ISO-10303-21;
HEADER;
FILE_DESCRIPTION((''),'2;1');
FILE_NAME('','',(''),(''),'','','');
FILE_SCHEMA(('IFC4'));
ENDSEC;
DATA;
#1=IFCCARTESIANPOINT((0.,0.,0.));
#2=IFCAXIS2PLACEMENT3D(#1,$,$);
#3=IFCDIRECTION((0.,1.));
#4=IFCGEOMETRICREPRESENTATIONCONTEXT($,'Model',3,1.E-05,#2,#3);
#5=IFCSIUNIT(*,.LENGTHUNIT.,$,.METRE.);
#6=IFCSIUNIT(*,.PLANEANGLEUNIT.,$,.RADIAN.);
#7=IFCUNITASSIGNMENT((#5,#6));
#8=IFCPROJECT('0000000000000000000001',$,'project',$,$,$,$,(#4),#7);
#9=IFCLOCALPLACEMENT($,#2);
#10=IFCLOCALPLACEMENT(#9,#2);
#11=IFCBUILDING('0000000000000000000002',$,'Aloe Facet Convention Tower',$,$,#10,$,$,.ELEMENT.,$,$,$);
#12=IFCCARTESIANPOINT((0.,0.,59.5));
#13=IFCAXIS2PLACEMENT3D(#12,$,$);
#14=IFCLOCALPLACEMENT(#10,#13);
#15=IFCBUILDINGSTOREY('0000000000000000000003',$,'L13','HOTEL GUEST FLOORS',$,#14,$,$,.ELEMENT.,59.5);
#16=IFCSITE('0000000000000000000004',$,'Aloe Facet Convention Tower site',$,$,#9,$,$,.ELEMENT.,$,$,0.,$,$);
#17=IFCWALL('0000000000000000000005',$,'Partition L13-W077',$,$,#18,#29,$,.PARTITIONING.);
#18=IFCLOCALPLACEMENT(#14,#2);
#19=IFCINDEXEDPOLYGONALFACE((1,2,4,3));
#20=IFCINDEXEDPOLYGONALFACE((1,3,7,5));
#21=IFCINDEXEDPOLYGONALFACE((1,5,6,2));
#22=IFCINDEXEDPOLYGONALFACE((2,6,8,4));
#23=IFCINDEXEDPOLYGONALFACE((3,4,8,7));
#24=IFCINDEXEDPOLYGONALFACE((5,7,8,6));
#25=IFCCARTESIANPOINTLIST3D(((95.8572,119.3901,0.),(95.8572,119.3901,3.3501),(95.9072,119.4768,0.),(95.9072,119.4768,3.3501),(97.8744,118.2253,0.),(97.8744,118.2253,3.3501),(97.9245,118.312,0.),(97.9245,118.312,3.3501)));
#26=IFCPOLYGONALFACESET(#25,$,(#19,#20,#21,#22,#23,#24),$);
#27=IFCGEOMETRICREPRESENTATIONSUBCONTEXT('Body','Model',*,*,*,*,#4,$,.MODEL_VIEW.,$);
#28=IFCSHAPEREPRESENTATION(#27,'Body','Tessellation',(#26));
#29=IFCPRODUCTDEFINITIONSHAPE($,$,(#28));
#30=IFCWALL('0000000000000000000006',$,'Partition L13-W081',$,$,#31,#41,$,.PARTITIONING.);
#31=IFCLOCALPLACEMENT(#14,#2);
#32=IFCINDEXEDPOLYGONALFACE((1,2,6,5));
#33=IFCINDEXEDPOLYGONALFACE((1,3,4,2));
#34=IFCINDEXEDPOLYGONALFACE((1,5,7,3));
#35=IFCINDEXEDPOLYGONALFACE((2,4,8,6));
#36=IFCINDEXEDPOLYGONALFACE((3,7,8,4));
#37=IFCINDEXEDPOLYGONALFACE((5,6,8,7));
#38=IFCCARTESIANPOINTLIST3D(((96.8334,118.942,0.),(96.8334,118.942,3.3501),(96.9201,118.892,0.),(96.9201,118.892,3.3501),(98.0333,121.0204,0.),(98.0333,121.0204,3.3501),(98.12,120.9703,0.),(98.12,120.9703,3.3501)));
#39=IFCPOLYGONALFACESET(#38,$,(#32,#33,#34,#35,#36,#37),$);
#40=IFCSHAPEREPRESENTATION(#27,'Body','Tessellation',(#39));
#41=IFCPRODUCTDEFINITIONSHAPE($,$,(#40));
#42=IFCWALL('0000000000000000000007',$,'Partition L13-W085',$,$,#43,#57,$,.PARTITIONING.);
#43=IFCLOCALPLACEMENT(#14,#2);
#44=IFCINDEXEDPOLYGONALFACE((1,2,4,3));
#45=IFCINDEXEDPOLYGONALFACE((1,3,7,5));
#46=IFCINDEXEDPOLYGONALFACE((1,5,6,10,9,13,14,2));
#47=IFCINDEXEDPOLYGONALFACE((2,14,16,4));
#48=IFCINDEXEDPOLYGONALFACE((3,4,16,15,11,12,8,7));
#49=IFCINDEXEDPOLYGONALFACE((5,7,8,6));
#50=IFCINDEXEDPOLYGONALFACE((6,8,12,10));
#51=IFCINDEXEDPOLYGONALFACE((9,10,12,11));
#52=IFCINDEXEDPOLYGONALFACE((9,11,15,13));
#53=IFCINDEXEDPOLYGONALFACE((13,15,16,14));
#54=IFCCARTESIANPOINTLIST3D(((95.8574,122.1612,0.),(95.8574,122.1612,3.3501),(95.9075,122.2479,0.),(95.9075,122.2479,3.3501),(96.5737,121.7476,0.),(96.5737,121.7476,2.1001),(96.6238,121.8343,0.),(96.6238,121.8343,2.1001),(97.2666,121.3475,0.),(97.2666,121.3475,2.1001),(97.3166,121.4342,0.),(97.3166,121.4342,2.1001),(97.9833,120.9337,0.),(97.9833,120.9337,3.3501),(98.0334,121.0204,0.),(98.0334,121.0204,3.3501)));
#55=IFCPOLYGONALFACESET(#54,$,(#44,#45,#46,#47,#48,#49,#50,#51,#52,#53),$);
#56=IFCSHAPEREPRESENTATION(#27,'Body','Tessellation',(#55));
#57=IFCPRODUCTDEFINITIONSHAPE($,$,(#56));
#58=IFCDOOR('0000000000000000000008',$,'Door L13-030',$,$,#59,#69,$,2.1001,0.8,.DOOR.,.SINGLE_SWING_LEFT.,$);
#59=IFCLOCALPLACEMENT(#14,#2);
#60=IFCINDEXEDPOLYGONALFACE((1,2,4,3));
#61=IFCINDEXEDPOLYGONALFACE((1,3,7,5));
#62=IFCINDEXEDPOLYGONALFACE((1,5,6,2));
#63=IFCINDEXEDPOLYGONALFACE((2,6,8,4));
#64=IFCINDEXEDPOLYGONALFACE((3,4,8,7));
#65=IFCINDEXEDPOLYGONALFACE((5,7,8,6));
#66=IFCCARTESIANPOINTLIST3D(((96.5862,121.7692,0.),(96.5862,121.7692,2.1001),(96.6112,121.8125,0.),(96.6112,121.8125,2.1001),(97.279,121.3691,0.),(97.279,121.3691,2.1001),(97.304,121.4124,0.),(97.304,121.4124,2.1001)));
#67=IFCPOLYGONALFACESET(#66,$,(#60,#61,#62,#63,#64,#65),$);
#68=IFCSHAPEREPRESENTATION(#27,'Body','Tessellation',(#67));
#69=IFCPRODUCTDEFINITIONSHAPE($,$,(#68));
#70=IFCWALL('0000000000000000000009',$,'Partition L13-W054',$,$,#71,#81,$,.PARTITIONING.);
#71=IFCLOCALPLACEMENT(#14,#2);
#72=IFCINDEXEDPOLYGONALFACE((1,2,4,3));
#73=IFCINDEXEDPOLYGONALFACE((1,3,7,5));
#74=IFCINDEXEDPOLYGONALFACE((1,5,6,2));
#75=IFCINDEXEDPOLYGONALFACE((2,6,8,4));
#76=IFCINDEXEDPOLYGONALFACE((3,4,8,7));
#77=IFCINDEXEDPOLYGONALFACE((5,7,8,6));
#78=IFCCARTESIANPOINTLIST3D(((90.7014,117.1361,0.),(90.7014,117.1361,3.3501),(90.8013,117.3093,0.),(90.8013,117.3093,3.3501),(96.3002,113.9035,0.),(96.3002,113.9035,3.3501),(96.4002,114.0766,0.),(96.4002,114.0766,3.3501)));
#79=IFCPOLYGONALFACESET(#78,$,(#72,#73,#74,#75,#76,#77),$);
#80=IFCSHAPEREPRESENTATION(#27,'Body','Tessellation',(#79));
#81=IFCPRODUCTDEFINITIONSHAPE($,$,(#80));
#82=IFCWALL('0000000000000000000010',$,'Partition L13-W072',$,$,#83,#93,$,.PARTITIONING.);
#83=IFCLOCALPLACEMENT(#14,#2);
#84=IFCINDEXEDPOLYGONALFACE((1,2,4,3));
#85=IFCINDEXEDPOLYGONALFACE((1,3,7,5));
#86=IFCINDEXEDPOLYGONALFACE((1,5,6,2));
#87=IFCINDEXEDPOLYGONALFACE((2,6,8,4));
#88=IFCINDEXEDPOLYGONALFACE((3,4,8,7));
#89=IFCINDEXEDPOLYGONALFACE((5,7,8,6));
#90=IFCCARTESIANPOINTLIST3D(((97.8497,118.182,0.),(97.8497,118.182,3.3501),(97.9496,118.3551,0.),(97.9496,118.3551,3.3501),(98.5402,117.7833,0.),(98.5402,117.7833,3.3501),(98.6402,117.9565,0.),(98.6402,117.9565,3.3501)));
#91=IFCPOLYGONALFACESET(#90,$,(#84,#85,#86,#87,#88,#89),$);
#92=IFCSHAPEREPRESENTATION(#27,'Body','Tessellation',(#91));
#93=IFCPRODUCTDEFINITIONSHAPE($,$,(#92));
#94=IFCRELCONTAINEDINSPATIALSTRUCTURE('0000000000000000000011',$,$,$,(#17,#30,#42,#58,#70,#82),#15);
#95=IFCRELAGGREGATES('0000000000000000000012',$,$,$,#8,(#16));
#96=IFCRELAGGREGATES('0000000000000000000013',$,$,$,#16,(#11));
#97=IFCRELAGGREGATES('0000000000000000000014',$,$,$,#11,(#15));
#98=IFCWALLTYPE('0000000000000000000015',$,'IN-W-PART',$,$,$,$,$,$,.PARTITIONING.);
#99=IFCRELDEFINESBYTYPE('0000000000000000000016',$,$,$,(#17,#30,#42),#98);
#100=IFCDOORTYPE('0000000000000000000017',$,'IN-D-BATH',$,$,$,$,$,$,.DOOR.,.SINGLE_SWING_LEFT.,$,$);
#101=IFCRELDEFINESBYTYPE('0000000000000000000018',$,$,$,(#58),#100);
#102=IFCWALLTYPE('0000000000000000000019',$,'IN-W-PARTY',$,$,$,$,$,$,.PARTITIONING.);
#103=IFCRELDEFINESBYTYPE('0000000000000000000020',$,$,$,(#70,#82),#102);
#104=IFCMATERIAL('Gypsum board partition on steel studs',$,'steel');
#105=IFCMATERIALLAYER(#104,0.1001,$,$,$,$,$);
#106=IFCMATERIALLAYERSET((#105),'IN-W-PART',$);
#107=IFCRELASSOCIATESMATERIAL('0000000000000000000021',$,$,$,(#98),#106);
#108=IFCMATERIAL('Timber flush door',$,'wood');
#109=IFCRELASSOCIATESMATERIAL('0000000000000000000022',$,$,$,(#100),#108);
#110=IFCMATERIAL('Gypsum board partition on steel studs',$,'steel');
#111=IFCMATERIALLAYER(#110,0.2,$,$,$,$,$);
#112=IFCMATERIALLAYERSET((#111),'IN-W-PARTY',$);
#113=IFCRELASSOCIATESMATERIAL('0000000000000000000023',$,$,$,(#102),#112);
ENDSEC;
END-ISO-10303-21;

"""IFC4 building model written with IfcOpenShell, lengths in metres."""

from ifc_helpers import new_model, si_unit, direction, frame, frame_2d, origin, place, context, subcontext, project, spatial, rectangle, extrude, material, layer, layer_set, type_object, element, fill, save


model = new_model("IFC4")

# Units and contexts
model_context = context("Model", 3, precision=1e-05, world=origin(), true_north=direction((0.0, 1.0)))
body_context = subcontext(model_context, "Body", "Model", "MODEL_VIEW")
ifc_project = project(units=[si_unit("LENGTHUNIT", "METRE"), si_unit("PLANEANGLEUNIT", "RADIAN")], contexts=[model_context])

# Site, building, storey
site_placement = place(None, origin())
site = spatial("IfcSite", under=ifc_project, at=site_placement, Name="Aloe Facet Convention Tower site", CompositionType="ELEMENT", RefElevation=0.0)
building_placement = place(site_placement, origin())
building = spatial("IfcBuilding", under=site, at=building_placement, Name="Aloe Facet Convention Tower", CompositionType="ELEMENT")
storey_placement = place(building_placement, frame((0.0, 0.0, 59.5)))
storey = spatial("IfcBuildingStorey", under=building, at=storey_placement, Name="L13", Description="HOTEL GUEST FLOORS", CompositionType="ELEMENT", Elevation=59.5)

# Shared definitions
ifc_material_1 = material(Name="Gypsum board partition on steel studs", Category="steel")
ifc_layer_1 = layer(ifc_material_1, 0.1001)
ifc_layer_set_1 = layer_set([ifc_layer_1], Name="IN-W-PART")
wall_type_1 = type_object("IfcWallType", Name="IN-W-PART", PredefinedType="PARTITIONING", material=ifc_layer_set_1)
ifc_material_2 = material(Name="Timber flush door", Category="wood")
door_type_1 = type_object("IfcDoorType", Name="IN-D-BATH", OperationType="SINGLE_SWING_LEFT", PredefinedType="DOOR", material=ifc_material_2)

# Walls
wall_1_placement = place(storey_placement, frame((95.8823, 119.4333, 0.0), z_axis=(0.0, 0.0, 1.0), x_axis=(0.866009, -0.500028, 0.0)))
element("IfcWall", 1, at=wall_1_placement, inside=storey, type_object=wall_type_1, Name="Partition L13-W077", PredefinedType="PARTITIONING", context=body_context, shape_type="SweptSolid", body=[
    extrude(rectangle(XDim=2.3293, YDim=0.1001, at=frame_2d((1.1646, 0.0))), origin(), (0.0, 0.0, 1.0), 3.3501),
])
wall_2_placement = place(storey_placement, frame((96.8767, 118.917, 0.0), z_axis=(0.0, 0.0, 1.0), x_axis=(0.500001, 0.866025, 0.0)))
element("IfcWall", 2, at=wall_2_placement, inside=storey, type_object=wall_type_1, Name="Partition L13-W081", PredefinedType="PARTITIONING", context=body_context, shape_type="SweptSolid", body=[
    extrude(rectangle(XDim=2.3999, YDim=0.1001, at=frame_2d((1.2, 0.0))), origin(), (0.0, 0.0, 1.0), 3.3501),
])

# Wall, opening, door
wall_3_placement = place(storey_placement, frame((95.8823, 122.2046, 0.0), z_axis=(0.0, 0.0, 1.0), x_axis=(0.866007, -0.500032, 0.0)))
wall_3 = element("IfcWall", 3, at=wall_3_placement, inside=storey, type_object=wall_type_1, Name="Partition L13-W085", PredefinedType="PARTITIONING", context=body_context, shape_type="SweptSolid", body=[
    extrude(rectangle(XDim=2.4548, YDim=0.1001, at=frame_2d((1.2275, 0.0))), origin(), (0.0, 0.0, 1.0), 3.3501),
])
opening_1_placement = place(wall_3_placement, frame((0.8274, 0.0, 0.0)))
opening_1 = element("IfcOpeningElement", 4, at=opening_1_placement, cuts=wall_3, PredefinedType="OPENING", context=body_context, shape_type="SweptSolid", body=[
    extrude(rectangle(XDim=0.8, YDim=2.1001, at=frame_2d((0.3999, 1.05))), frame((0.0, 0.0601, 0.0), z_axis=(0.0, -1.0, 0.0), x_axis=(1.0, 0.0, 0.0)), (0.0, 0.0, 1.0), 0.1201),
])
door_1_placement = place(opening_1_placement, origin())
door_1 = element("IfcDoor", 5, at=door_1_placement, inside=storey, type_object=door_type_1, Name="Door L13-030", OperationType="SINGLE_SWING_LEFT", OverallHeight=2.1001, OverallWidth=0.8, PredefinedType="DOOR", context=body_context, shape_type="SweptSolid", body=[
    extrude(rectangle(XDim=0.8, YDim=2.1001, at=frame_2d((0.3999, 1.05))), frame((0.0, 0.0249, 0.0), z_axis=(0.0, -1.0, 0.0), x_axis=(1.0, 0.0, 0.0)), (0.0, 0.0, 1.0), 0.05),
])
fill(opening_1, door_1)

# Walls
ifc_material_3 = material(Name="Gypsum board partition on steel studs", Category="steel")
ifc_layer_2 = layer(ifc_material_3, 0.2)
ifc_layer_set_2 = layer_set([ifc_layer_2], Name="IN-W-PARTY")
wall_type_2 = type_object("IfcWallType", Name="IN-W-PARTY", PredefinedType="PARTITIONING", material=ifc_layer_set_2)
wall_4_placement = place(storey_placement, frame((90.7515, 117.2227, 0.0), z_axis=(0.0, 0.0, 1.0), x_axis=(0.866015, -0.500018, 0.0)))
element("IfcWall", 6, at=wall_4_placement, inside=storey, type_object=wall_type_2, Name="Partition L13-W054", PredefinedType="PARTITIONING", context=body_context, shape_type="SweptSolid", body=[
    extrude(rectangle(XDim=6.4651, YDim=0.2, at=frame_2d((3.2324, 0.0))), origin(), (0.0, 0.0, 1.0), 3.3501),
])
wall_5_placement = place(storey_placement, frame((97.8997, 118.2686, 0.0), z_axis=(0.0, 0.0, 1.0), x_axis=(0.866068, -0.499926, 0.0)))
element("IfcWall", 7, at=wall_5_placement, inside=storey, type_object=wall_type_2, Name="Partition L13-W072", PredefinedType="PARTITIONING", context=body_context, shape_type="SweptSolid", body=[
    extrude(rectangle(XDim=0.7974, YDim=0.2, at=frame_2d((0.3987, 0.0))), origin(), (0.0, 0.0, 1.0), 3.3501),
])

save(model, "model.ifc")
